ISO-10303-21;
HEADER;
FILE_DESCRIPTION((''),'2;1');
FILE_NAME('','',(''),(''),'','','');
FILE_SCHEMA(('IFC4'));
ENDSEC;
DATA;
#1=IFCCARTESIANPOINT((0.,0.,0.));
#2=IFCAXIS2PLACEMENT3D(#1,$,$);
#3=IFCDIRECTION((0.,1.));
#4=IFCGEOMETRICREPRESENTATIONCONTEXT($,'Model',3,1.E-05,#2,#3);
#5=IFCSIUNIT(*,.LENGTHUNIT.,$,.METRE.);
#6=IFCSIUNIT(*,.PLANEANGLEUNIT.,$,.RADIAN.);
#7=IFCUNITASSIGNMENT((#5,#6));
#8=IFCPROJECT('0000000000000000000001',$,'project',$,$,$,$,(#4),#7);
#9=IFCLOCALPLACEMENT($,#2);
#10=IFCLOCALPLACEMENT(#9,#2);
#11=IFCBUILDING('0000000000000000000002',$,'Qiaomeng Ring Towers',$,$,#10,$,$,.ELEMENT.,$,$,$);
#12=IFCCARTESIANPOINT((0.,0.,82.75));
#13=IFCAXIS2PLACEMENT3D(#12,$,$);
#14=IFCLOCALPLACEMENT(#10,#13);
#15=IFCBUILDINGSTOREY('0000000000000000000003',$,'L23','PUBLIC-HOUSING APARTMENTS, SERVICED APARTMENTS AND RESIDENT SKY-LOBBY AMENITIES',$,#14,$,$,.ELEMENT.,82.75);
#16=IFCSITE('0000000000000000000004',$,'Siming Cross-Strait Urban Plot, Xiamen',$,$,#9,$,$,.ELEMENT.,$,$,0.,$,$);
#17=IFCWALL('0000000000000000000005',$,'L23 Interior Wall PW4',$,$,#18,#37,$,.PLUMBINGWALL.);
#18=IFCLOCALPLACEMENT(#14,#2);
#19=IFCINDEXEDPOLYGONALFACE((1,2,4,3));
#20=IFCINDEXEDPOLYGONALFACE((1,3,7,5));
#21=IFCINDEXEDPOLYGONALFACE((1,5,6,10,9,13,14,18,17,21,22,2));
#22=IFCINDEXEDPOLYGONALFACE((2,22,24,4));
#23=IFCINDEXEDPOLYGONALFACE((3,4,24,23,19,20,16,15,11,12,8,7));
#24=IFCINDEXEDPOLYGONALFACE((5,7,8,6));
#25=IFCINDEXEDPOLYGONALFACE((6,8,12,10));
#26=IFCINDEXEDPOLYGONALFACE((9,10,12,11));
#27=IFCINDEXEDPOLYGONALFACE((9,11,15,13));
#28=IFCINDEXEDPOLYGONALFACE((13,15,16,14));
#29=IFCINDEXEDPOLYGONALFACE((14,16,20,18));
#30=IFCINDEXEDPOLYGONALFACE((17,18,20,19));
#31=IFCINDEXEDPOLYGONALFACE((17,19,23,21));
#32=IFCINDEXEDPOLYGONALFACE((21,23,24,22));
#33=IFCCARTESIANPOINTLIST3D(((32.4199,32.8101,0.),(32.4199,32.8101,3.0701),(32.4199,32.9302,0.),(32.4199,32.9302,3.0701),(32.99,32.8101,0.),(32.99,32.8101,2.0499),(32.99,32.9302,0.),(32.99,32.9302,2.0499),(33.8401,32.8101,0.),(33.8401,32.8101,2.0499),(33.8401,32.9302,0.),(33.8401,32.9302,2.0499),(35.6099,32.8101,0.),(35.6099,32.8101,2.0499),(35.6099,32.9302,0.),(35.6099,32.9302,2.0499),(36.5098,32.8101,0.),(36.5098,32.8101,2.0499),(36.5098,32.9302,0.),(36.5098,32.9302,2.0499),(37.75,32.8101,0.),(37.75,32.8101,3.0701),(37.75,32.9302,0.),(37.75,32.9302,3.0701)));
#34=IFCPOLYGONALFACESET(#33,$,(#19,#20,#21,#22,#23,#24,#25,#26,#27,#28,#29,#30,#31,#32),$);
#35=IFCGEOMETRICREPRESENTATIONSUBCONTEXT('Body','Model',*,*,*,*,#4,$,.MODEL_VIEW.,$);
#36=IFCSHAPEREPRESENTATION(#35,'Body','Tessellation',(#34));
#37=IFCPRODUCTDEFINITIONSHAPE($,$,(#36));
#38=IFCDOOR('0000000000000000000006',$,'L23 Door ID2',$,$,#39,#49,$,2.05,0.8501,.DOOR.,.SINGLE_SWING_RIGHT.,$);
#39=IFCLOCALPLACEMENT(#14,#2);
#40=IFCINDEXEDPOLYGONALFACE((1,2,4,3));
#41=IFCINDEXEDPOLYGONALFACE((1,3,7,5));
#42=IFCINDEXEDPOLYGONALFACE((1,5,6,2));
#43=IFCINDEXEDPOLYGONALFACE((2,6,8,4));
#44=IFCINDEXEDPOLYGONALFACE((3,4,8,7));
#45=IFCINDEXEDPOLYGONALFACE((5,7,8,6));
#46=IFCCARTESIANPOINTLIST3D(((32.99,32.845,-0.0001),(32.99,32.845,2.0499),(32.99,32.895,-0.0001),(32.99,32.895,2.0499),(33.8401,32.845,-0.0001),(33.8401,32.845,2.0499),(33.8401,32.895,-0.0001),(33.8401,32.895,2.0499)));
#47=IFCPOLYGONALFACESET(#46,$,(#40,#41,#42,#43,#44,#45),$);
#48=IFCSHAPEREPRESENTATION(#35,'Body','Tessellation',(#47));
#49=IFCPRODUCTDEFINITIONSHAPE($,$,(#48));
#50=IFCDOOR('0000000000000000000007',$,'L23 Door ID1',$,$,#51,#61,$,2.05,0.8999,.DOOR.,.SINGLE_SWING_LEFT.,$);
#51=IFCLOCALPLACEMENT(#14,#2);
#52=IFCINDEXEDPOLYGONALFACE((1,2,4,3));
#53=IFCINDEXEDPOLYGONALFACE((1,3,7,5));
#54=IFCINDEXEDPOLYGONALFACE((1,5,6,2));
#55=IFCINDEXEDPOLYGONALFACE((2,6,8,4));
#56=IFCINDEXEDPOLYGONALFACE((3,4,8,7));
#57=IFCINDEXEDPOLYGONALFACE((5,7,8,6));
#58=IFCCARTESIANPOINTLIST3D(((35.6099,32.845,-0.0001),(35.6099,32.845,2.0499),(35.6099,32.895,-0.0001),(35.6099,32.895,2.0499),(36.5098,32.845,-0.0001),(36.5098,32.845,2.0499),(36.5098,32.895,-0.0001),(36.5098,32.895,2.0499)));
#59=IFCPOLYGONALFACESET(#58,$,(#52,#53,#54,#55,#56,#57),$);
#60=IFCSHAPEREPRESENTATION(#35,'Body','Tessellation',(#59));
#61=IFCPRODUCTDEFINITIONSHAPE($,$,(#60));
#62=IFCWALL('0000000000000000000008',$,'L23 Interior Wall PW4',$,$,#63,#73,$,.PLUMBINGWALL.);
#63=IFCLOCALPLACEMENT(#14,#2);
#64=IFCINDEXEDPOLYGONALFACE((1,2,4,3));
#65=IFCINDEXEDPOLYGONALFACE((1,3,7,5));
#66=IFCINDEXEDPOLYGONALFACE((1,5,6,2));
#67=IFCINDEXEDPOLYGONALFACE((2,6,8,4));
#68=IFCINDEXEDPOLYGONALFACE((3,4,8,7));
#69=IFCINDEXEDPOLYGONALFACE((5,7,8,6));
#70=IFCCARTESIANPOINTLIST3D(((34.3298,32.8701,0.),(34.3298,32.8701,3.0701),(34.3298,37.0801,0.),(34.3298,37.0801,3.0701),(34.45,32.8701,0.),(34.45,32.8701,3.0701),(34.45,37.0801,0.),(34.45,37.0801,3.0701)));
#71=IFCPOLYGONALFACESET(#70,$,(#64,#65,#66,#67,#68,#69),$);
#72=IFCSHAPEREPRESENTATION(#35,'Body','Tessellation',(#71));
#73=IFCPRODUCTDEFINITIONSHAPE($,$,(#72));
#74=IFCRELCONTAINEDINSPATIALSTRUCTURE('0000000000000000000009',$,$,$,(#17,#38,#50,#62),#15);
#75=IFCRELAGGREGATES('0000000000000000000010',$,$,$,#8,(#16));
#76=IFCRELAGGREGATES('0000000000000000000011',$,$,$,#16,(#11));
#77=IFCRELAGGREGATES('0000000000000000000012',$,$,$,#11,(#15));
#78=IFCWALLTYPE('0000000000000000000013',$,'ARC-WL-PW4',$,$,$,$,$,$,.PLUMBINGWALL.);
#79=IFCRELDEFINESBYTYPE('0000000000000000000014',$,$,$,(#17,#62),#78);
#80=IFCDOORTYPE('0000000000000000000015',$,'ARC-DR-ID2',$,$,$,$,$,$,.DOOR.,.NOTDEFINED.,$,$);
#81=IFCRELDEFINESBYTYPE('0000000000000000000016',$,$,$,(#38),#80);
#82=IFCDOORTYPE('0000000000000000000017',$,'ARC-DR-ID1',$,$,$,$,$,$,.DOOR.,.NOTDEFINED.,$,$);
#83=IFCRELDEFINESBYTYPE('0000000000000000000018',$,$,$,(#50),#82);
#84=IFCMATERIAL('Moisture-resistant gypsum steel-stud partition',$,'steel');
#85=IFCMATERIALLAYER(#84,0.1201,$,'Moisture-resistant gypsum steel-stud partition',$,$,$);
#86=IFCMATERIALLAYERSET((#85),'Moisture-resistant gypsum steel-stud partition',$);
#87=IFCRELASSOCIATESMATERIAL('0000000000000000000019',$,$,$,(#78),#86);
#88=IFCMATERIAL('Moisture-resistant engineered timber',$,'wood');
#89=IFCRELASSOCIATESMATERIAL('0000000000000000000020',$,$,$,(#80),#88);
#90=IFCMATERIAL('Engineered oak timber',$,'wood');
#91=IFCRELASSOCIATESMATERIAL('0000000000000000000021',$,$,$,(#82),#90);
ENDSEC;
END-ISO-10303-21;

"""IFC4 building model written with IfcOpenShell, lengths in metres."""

from ifc_helpers import new_model, si_unit, direction, frame, frame_2d, origin, place, context, subcontext, project, spatial, rectangle, extrude, source, transform, mapped, material, layer, layer_set, type_object, element, fill, save


model = new_model("IFC4")

# Units and contexts
model_context = context("Model", 3, precision=1e-05, world=origin(), true_north=direction((0.0, 1.0)))
body_context = subcontext(model_context, "Body", "Model", "MODEL_VIEW")
ifc_project = project(units=[si_unit("LENGTHUNIT", "METRE"), si_unit("PLANEANGLEUNIT", "RADIAN")], contexts=[model_context])

# Site, building, storey
site_placement = place(None, origin())
site = spatial("IfcSite", under=ifc_project, at=site_placement, Name="Siming Cross-Strait Urban Plot, Xiamen", CompositionType="ELEMENT", RefElevation=0.0)
building_placement = place(site_placement, origin())
building = spatial("IfcBuilding", under=site, at=building_placement, Name="Qiaomeng Ring Towers", CompositionType="ELEMENT")
storey_placement = place(building_placement, frame((0.0, 0.0, 82.75)))
storey = spatial("IfcBuildingStorey", under=building, at=storey_placement, Name="L23", Description="PUBLIC-HOUSING APARTMENTS, SERVICED APARTMENTS AND RESIDENT SKY-LOBBY AMENITIES", CompositionType="ELEMENT", Elevation=82.75)

# Wall, openings, doors
ifc_material_1 = material(Name="Moisture-resistant gypsum steel-stud partition", Category="steel")
ifc_layer_1 = layer(ifc_material_1, 0.1201, Name="Moisture-resistant gypsum steel-stud partition")
ifc_layer_set_1 = layer_set([ifc_layer_1], Name="Moisture-resistant gypsum steel-stud partition")
wall_type_1 = type_object("IfcWallType", Name="ARC-WL-PW4", PredefinedType="PLUMBINGWALL", material=ifc_layer_set_1)
wall_1_placement = place(storey_placement, frame((32.4199, 32.8701, 0.0), z_axis=(0.0, 0.0, 1.0), x_axis=(1.0, 0.0, 0.0)))
wall_1 = element("IfcWall", 1, at=wall_1_placement, inside=storey, type_object=wall_type_1, Name="L23 Interior Wall PW4", PredefinedType="PLUMBINGWALL", context=body_context, shape_type="SweptSolid", body=[
    extrude(rectangle(XDim=5.3301, YDim=0.1201, at=frame_2d((2.665, 0.0))), origin(), (0.0, 0.0, 1.0), 3.0701),
])
opening_1_placement = place(wall_1_placement, frame((0.5701, 0.0, 0.0)))
opening_1 = element("IfcOpeningElement", 2, at=opening_1_placement, cuts=wall_1, PredefinedType="OPENING", context=body_context, shape_type="SweptSolid", body=[
    extrude(rectangle(XDim=0.8501, YDim=2.05, at=frame_2d((0.425, 1.0249))), frame((0.0, 0.0701, 0.0), z_axis=(0.0, -1.0, 0.0), x_axis=(1.0, 0.0, 0.0)), (0.0, 0.0, 1.0), 0.1401),
])
opening_2_placement = place(wall_1_placement, frame((3.1899, 0.0, 0.0)))
opening_2 = element("IfcOpeningElement", 3, at=opening_2_placement, cuts=wall_1, PredefinedType="OPENING", context=body_context, shape_type="SweptSolid", body=[
    extrude(rectangle(XDim=0.8999, YDim=2.05, at=frame_2d((0.45, 1.0249))), frame((0.0, 0.0701, 0.0), z_axis=(0.0, -1.0, 0.0), x_axis=(1.0, 0.0, 0.0)), (0.0, 0.0, 1.0), 0.1401),
])
ifc_material_2 = material(Name="Moisture-resistant engineered timber", Category="wood")
door_type_1 = type_object("IfcDoorType", Name="ARC-DR-ID2", OperationType="NOTDEFINED", PredefinedType="DOOR", material=ifc_material_2)
shared_shape_1 = source(origin(), body_context, "Body", "SweptSolid", [
    extrude(rectangle(XDim=0.8501, YDim=2.05, at=frame_2d((0.425, 1.0249))), frame((0.0, 0.0249, 0.0), z_axis=(0.0, -1.0, 0.0), x_axis=(1.0, 0.0, 0.0)), (0.0, 0.0, 1.0), 0.05),
])
door_1_placement = place(opening_1_placement, origin())
door_1 = element("IfcDoor", 4, at=door_1_placement, inside=storey, type_object=door_type_1, Name="L23 Door ID2", OperationType="SINGLE_SWING_RIGHT", OverallHeight=2.05, OverallWidth=0.8501, PredefinedType="DOOR", context=body_context, shape_type="MappedRepresentation", body=[
    mapped(shared_shape_1, transform((0.0, 0.0, 0.0), x_axis=(1.0, 0.0, 0.0), y_axis=(0.0, 1.0, 0.0), z_axis=(0.0, 0.0, 1.0), scale=1.0)),
])
fill(opening_1, door_1)
ifc_material_3 = material(Name="Engineered oak timber", Category="wood")
door_type_2 = type_object("IfcDoorType", Name="ARC-DR-ID1", OperationType="NOTDEFINED", PredefinedType="DOOR", material=ifc_material_3)
shared_shape_2 = source(origin(), body_context, "Body", "SweptSolid", [
    extrude(rectangle(XDim=0.8999, YDim=2.05, at=frame_2d((0.45, 1.0249))), frame((0.0, 0.0249, 0.0), z_axis=(0.0, -1.0, 0.0), x_axis=(1.0, 0.0, 0.0)), (0.0, 0.0, 1.0), 0.05),
])
door_2_placement = place(opening_2_placement, origin())
door_2 = element("IfcDoor", 5, at=door_2_placement, inside=storey, type_object=door_type_2, Name="L23 Door ID1", OperationType="SINGLE_SWING_LEFT", OverallHeight=2.05, OverallWidth=0.8999, PredefinedType="DOOR", context=body_context, shape_type="MappedRepresentation", body=[
    mapped(shared_shape_2, transform((0.0, 0.0, 0.0), x_axis=(1.0, 0.0, 0.0), y_axis=(0.0, 1.0, 0.0), z_axis=(0.0, 0.0, 1.0), scale=1.0)),
])
fill(opening_2, door_2)

# Wall
wall_2_placement = place(storey_placement, frame((34.3899, 32.8701, 0.0), z_axis=(0.0, 0.0, 1.0), x_axis=(0.0, 1.0, 0.0)))
element("IfcWall", 6, at=wall_2_placement, inside=storey, type_object=wall_type_1, Name="L23 Interior Wall PW4", PredefinedType="PLUMBINGWALL", context=body_context, shape_type="SweptSolid", body=[
    extrude(rectangle(XDim=4.21, YDim=0.1201, at=frame_2d((2.105, 0.0))), origin(), (0.0, 0.0, 1.0), 3.0701),
])

save(model, "model.ifc")
